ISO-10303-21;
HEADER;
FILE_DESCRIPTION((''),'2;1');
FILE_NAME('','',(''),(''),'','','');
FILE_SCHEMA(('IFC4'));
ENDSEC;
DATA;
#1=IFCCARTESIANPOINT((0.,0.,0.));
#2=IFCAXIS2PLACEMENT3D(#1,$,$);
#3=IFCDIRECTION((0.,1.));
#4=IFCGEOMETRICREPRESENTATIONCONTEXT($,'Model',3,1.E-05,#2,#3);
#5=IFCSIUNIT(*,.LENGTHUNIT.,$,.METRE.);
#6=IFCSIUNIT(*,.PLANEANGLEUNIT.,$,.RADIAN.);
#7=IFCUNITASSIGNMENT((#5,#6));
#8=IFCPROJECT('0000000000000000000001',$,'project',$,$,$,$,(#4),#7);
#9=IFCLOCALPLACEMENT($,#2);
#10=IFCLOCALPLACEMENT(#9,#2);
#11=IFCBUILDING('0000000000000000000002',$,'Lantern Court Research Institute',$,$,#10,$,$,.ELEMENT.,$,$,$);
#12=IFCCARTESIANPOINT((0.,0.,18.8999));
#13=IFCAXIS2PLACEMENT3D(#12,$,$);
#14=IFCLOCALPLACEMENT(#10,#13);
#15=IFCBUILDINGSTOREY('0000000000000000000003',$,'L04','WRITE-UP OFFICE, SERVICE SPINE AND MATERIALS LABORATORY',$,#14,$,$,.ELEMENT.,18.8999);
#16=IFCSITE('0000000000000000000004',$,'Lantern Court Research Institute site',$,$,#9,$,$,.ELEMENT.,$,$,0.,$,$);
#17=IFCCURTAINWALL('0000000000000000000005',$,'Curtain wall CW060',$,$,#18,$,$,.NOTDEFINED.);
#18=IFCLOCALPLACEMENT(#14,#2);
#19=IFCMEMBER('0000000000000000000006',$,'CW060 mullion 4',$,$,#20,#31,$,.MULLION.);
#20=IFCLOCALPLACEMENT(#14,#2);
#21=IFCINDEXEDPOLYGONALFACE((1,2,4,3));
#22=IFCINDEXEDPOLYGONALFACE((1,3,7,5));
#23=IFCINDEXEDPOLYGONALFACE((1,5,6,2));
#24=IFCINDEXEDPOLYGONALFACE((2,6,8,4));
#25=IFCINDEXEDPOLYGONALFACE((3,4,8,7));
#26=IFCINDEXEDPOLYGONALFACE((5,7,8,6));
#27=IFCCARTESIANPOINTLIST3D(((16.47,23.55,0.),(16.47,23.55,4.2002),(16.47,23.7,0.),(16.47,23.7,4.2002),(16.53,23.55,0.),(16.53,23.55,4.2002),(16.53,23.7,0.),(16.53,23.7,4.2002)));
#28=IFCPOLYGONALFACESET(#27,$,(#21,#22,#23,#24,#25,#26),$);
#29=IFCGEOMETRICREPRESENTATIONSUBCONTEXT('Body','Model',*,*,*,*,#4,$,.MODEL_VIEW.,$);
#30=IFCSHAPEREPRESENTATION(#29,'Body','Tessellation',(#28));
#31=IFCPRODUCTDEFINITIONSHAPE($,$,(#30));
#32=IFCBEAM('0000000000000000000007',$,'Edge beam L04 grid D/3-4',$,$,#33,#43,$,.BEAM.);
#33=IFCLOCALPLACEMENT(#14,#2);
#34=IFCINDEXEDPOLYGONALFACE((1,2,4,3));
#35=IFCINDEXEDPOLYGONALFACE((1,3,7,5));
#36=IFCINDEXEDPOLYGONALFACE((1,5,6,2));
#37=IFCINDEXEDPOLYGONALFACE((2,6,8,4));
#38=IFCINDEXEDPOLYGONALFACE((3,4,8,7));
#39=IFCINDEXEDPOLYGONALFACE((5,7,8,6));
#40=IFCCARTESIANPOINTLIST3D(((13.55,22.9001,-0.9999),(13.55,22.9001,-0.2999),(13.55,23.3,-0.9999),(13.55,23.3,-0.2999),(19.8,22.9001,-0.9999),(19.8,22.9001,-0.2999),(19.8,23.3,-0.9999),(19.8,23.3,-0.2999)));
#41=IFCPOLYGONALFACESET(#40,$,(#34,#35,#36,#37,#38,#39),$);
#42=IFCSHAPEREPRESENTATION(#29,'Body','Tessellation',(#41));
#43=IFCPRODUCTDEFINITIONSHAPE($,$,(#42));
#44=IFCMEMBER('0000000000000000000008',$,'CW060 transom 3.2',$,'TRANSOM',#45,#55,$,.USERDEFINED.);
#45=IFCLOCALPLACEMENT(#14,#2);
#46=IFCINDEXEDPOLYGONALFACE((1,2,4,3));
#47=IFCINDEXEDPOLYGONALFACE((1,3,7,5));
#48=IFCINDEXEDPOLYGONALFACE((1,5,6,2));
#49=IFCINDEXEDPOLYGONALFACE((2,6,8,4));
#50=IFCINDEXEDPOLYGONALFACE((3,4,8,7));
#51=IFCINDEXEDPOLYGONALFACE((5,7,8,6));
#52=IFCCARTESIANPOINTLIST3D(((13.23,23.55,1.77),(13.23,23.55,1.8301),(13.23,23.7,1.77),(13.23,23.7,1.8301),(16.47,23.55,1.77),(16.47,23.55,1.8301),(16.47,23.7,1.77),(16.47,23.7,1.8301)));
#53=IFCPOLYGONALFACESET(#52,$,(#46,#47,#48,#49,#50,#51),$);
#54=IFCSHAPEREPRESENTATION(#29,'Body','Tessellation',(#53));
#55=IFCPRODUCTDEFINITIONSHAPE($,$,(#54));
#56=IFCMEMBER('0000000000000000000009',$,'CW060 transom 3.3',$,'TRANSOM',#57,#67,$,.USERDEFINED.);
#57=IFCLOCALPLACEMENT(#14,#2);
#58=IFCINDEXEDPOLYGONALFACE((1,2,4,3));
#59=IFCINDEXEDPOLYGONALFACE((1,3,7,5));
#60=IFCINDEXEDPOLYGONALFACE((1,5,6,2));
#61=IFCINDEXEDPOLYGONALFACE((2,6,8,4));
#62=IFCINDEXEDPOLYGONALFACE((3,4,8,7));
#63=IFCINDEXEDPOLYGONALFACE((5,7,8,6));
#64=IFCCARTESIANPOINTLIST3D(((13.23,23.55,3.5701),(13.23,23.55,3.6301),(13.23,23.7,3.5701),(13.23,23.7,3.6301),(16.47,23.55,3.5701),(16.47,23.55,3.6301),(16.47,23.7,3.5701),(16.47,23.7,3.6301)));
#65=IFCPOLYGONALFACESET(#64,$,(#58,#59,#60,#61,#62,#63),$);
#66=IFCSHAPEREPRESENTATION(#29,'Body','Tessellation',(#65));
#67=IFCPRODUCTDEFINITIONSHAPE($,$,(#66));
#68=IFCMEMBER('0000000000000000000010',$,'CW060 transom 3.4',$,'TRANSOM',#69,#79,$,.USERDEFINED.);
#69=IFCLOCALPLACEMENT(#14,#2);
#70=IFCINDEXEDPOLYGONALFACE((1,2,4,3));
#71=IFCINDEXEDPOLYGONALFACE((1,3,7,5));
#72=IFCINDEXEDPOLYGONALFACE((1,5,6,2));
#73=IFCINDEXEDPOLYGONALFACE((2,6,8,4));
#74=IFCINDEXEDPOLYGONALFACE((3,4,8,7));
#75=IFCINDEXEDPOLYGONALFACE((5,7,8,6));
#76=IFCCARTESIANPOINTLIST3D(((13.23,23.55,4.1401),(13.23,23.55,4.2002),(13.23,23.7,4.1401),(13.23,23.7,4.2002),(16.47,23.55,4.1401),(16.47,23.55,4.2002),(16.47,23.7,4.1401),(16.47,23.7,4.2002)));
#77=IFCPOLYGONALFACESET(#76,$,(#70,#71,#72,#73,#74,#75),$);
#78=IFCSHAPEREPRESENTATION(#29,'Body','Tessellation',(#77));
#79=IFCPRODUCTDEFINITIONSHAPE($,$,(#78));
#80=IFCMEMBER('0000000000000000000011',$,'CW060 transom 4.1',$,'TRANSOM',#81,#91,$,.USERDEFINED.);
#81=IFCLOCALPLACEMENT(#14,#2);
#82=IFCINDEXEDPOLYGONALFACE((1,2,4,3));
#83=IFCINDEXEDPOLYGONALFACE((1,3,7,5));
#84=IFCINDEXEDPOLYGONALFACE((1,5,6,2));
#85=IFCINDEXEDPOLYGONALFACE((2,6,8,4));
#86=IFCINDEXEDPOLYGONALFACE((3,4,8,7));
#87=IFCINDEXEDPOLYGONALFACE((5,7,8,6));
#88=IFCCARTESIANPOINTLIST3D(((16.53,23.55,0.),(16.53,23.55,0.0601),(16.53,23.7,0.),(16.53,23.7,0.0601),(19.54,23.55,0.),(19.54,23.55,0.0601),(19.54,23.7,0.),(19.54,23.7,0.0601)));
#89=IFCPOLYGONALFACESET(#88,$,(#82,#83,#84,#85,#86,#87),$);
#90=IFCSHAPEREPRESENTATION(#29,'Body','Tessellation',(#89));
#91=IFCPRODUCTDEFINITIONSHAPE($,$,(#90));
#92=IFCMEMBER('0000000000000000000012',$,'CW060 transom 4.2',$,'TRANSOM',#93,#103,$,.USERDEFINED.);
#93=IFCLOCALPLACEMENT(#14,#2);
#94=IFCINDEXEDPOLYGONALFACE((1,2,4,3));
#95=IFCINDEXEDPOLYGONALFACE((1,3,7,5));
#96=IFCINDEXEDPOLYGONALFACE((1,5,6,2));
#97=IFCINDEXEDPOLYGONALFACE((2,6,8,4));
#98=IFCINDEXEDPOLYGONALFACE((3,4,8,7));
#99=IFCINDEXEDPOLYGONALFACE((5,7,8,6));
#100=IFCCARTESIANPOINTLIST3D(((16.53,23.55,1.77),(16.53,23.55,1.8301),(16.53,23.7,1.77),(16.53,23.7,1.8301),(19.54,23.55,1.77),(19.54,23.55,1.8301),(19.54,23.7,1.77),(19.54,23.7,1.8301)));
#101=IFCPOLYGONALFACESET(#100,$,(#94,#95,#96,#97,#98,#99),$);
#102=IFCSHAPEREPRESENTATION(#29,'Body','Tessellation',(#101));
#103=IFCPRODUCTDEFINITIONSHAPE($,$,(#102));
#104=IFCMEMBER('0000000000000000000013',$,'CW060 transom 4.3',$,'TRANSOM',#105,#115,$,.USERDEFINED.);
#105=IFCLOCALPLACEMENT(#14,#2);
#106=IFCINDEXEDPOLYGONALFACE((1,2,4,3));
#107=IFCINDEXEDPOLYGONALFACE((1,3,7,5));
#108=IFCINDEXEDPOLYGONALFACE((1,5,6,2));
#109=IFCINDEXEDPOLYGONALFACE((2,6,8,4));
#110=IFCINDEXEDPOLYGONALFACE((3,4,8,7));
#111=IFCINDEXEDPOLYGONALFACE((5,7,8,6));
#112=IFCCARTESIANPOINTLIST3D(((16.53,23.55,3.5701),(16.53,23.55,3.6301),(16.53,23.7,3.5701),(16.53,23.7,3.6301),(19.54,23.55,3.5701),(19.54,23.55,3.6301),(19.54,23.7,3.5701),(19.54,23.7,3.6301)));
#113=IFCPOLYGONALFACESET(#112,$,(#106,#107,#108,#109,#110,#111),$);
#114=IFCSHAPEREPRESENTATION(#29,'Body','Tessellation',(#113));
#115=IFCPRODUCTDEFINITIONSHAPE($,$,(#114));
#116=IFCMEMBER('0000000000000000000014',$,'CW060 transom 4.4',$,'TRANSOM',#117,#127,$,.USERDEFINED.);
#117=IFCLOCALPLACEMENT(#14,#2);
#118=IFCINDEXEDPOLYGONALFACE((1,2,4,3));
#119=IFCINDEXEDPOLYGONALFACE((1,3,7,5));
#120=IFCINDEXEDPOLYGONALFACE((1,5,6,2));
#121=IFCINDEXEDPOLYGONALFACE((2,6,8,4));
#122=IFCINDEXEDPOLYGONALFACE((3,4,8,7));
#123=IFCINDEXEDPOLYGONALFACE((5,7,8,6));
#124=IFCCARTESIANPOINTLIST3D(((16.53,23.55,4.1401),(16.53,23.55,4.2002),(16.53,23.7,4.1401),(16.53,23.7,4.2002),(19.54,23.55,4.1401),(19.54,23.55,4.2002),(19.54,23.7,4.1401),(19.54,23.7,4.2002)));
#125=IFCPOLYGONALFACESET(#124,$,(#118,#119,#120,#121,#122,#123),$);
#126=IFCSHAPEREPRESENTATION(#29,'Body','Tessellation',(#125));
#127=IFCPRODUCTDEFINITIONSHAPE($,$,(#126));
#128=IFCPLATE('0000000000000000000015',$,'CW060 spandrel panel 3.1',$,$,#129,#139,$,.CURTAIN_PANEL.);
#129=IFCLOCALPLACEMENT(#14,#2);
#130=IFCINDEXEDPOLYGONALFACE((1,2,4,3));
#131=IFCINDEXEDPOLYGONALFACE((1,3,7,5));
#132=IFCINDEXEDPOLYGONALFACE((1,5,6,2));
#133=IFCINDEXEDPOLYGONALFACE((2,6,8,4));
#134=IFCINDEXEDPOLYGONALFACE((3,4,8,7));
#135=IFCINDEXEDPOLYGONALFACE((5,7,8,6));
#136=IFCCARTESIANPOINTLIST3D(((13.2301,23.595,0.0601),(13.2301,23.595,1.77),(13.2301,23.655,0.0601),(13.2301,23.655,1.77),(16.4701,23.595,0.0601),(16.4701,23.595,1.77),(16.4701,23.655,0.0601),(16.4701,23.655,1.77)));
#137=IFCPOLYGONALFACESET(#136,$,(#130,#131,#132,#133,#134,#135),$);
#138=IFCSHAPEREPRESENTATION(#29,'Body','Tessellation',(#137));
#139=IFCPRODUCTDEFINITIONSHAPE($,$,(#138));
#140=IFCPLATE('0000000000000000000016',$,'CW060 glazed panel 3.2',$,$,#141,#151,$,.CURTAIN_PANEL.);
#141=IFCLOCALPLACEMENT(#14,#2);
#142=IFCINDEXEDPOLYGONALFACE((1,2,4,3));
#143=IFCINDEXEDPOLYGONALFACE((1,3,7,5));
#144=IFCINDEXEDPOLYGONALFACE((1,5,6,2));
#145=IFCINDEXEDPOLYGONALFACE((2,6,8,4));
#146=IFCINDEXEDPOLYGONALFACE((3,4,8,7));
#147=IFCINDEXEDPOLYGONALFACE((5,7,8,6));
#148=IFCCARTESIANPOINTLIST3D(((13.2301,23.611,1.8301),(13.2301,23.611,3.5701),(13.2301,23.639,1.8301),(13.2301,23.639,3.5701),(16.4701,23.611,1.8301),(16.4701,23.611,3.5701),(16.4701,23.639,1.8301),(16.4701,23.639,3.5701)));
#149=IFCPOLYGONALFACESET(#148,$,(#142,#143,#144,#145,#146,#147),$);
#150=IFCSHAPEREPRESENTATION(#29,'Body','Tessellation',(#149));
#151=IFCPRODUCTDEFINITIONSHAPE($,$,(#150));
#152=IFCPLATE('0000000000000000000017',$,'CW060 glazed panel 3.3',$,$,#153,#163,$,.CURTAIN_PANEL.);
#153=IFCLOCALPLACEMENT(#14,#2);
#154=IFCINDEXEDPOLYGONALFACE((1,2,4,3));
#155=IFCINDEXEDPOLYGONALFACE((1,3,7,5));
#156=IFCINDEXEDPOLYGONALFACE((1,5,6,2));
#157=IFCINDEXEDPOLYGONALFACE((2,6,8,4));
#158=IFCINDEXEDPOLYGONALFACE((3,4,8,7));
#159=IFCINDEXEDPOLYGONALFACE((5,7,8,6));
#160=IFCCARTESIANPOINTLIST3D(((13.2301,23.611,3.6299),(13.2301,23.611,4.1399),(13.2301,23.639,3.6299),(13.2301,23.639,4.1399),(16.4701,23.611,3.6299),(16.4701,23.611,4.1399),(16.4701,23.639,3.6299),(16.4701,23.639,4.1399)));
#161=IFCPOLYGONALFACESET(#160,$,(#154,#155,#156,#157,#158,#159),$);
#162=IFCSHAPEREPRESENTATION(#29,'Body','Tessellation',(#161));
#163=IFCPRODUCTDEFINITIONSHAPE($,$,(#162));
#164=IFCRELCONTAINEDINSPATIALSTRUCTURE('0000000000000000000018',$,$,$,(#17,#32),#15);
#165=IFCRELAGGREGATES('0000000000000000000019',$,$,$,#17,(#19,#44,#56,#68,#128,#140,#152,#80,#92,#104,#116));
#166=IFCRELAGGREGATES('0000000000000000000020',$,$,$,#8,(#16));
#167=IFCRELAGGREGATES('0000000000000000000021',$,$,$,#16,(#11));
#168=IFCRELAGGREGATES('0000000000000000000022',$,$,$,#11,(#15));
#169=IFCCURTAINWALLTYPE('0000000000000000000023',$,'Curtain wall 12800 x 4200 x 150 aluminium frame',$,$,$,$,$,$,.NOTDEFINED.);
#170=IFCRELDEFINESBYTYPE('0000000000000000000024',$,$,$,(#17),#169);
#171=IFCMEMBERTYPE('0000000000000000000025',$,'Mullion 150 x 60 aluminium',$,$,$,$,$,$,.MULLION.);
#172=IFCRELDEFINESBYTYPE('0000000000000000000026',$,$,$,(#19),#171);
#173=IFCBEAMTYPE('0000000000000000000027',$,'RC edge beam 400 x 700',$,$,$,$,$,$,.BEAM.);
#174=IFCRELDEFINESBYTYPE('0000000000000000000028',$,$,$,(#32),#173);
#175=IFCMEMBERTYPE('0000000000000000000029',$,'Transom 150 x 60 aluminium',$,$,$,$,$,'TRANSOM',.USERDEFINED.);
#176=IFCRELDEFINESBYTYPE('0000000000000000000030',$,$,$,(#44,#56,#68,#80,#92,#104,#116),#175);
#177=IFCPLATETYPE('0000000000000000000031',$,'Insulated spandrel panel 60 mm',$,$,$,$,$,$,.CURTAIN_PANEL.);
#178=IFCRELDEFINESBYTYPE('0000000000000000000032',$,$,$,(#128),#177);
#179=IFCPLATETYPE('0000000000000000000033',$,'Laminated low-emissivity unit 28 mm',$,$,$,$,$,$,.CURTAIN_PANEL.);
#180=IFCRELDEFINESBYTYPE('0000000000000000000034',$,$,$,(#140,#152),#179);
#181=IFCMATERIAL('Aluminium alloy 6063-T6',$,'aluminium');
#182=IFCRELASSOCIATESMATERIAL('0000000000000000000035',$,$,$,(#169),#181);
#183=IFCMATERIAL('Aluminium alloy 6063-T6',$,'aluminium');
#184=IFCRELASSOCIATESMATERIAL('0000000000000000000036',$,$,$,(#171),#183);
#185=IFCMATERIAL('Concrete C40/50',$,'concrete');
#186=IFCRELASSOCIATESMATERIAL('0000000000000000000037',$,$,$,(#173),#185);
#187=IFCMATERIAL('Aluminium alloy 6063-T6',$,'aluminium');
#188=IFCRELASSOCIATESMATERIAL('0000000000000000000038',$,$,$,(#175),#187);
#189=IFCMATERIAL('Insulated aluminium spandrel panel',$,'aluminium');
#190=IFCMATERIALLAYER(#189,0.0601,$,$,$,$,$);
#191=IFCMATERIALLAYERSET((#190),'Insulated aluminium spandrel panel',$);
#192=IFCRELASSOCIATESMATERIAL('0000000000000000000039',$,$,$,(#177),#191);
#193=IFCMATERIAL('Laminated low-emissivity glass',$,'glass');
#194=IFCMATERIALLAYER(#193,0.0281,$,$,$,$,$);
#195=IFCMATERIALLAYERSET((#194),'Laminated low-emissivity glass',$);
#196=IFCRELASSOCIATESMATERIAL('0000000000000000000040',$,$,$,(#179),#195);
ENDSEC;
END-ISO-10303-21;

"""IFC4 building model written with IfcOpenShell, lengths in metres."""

from ifc_helpers import new_model, si_unit, direction, frame, origin, origin_2d, place, context, subcontext, project, spatial, rectangle, extrude, material, layer, layer_set, material_profile, profile_set, type_object, element, aggregate, save


model = new_model("IFC4")

# Units and contexts
model_context = context("Model", 3, precision=1e-05, world=origin(), true_north=direction((0.0, 1.0)))
body_context = subcontext(model_context, "Body", "Model", "MODEL_VIEW")
ifc_project = project(units=[si_unit("LENGTHUNIT", "METRE"), si_unit("PLANEANGLEUNIT", "RADIAN")], contexts=[model_context])

# Site, building, storey
site_placement = place(None, origin())
site = spatial("IfcSite", under=ifc_project, at=site_placement, Name="Lantern Court Research Institute site", CompositionType="ELEMENT", RefElevation=0.0)
building_placement = place(site_placement, origin())
building = spatial("IfcBuilding", under=site, at=building_placement, Name="Lantern Court Research Institute", CompositionType="ELEMENT")
storey_placement = place(building_placement, frame((0.0, 0.0, 18.8999)))
storey = spatial("IfcBuildingStorey", under=building, at=storey_placement, Name="L04", Description="WRITE-UP OFFICE, SERVICE SPINE AND MATERIALS LABORATORY", CompositionType="ELEMENT", Elevation=18.8999)

# Curtain wall, member
ifc_material_1 = material(Name="Aluminium alloy 6063-T6", Category="aluminium")
curtain_wall_type = type_object("IfcCurtainWallType", Name="Curtain wall 12800 x 4200 x 150 aluminium frame", PredefinedType="NOTDEFINED", material=ifc_material_1)
curtain_wall_placement = place(storey_placement, origin())
curtain_wall = element("IfcCurtainWall", 1, at=curtain_wall_placement, inside=storey, type_object=curtain_wall_type, Name="Curtain wall CW060", PredefinedType="NOTDEFINED")
ifc_material_2 = material(Name="Aluminium alloy 6063-T6", Category="aluminium")
ifc_material_profile_1 = material_profile(ifc_material_2, rectangle(XDim=0.1499, YDim=0.0601, at=origin_2d()), Name="Mullion 150 x 60")
ifc_profile_set_1 = profile_set([ifc_material_profile_1], Name="Aluminium alloy 6063-T6")
member_type_1 = type_object("IfcMemberType", Name="Mullion 150 x 60 aluminium", PredefinedType="MULLION", material=ifc_profile_set_1)
member_1_placement = place(storey_placement, frame((16.5, 23.625, 0.0), z_axis=(0.0, 0.0, 1.0), x_axis=(0.0, 1.0, 0.0)))
member_1 = element("IfcMember", 2, at=member_1_placement, type_object=member_type_1, Name="CW060 mullion 4", PredefinedType="MULLION", context=body_context, shape_type="SweptSolid", body=[
    extrude(rectangle(XDim=0.1499, YDim=0.0601, at=origin_2d()), origin(), (0.0, 0.0, 1.0), 4.2002),
])

# Beam
ifc_material_3 = material(Name="Concrete C40/50", Category="concrete")
ifc_material_profile_2 = material_profile(ifc_material_3, rectangle(XDim=0.3999, YDim=0.7, at=origin_2d()), Name="RC beam 400 x 700")
ifc_profile_set_2 = profile_set([ifc_material_profile_2], Name="Concrete C40/50")
beam_type = type_object("IfcBeamType", Name="RC edge beam 400 x 700", PredefinedType="BEAM", material=ifc_profile_set_2)
beam_placement = place(storey_placement, frame((13.55, 23.1001, -0.6499), z_axis=(1.0, 0.0, 0.0), x_axis=(0.0, 1.0, 0.0)))
element("IfcBeam", 3, at=beam_placement, inside=storey, type_object=beam_type, Name="Edge beam L04 grid D/3-4", PredefinedType="BEAM", context=body_context, shape_type="SweptSolid", body=[
    extrude(rectangle(XDim=0.3999, YDim=0.7, at=origin_2d()), origin(), (0.0, 0.0, 1.0), 6.25),
])

# Members
ifc_material_4 = material(Name="Aluminium alloy 6063-T6", Category="aluminium")
ifc_material_profile_3 = material_profile(ifc_material_4, rectangle(XDim=0.1499, YDim=0.0601, at=origin_2d()), Name="Transom 150 x 60")
ifc_profile_set_3 = profile_set([ifc_material_profile_3], Name="Aluminium alloy 6063-T6")
member_type_2 = type_object("IfcMemberType", Name="Transom 150 x 60 aluminium", ElementType="TRANSOM", PredefinedType="USERDEFINED", material=ifc_profile_set_3)
member_2_placement = place(storey_placement, frame((13.23, 23.625, 1.8), z_axis=(1.0, 0.0, 0.0), x_axis=(0.0, 1.0, 0.0)))
member_2 = element("IfcMember", 4, at=member_2_placement, type_object=member_type_2, Name="CW060 transom 3.2", ObjectType="TRANSOM", PredefinedType="USERDEFINED", context=body_context, shape_type="SweptSolid", body=[
    extrude(rectangle(XDim=0.1499, YDim=0.0601, at=origin_2d()), origin(), (0.0, 0.0, 1.0), 3.24),
])
member_3_placement = place(storey_placement, frame((13.23, 23.625, 3.6001), z_axis=(1.0, 0.0, 0.0), x_axis=(0.0, 1.0, 0.0)))
member_3 = element("IfcMember", 5, at=member_3_placement, type_object=member_type_2, Name="CW060 transom 3.3", ObjectType="TRANSOM", PredefinedType="USERDEFINED", context=body_context, shape_type="SweptSolid", body=[
    extrude(rectangle(XDim=0.1499, YDim=0.0601, at=origin_2d()), origin(), (0.0, 0.0, 1.0), 3.24),
])
member_4_placement = place(storey_placement, frame((13.23, 23.625, 4.1702), z_axis=(1.0, 0.0, 0.0), x_axis=(0.0, 1.0, 0.0)))
member_4 = element("IfcMember", 6, at=member_4_placement, type_object=member_type_2, Name="CW060 transom 3.4", ObjectType="TRANSOM", PredefinedType="USERDEFINED", context=body_context, shape_type="SweptSolid", body=[
    extrude(rectangle(XDim=0.1499, YDim=0.0601, at=origin_2d()), origin(), (0.0, 0.0, 1.0), 3.24),
])
member_5_placement = place(storey_placement, frame((16.53, 23.625, 0.03), z_axis=(1.0, 0.0, 0.0), x_axis=(0.0, 1.0, 0.0)))
member_5 = element("IfcMember", 7, at=member_5_placement, type_object=member_type_2, Name="CW060 transom 4.1", ObjectType="TRANSOM", PredefinedType="USERDEFINED", context=body_context, shape_type="SweptSolid", body=[
    extrude(rectangle(XDim=0.1499, YDim=0.0601, at=origin_2d()), origin(), (0.0, 0.0, 1.0), 3.01),
])
member_6_placement = place(storey_placement, frame((16.53, 23.625, 1.8), z_axis=(1.0, 0.0, 0.0), x_axis=(0.0, 1.0, 0.0)))
member_6 = element("IfcMember", 8, at=member_6_placement, type_object=member_type_2, Name="CW060 transom 4.2", ObjectType="TRANSOM", PredefinedType="USERDEFINED", context=body_context, shape_type="SweptSolid", body=[
    extrude(rectangle(XDim=0.1499, YDim=0.0601, at=origin_2d()), origin(), (0.0, 0.0, 1.0), 3.01),
])
member_7_placement = place(storey_placement, frame((16.53, 23.625, 3.6001), z_axis=(1.0, 0.0, 0.0), x_axis=(0.0, 1.0, 0.0)))
member_7 = element("IfcMember", 9, at=member_7_placement, type_object=member_type_2, Name="CW060 transom 4.3", ObjectType="TRANSOM", PredefinedType="USERDEFINED", context=body_context, shape_type="SweptSolid", body=[
    extrude(rectangle(XDim=0.1499, YDim=0.0601, at=origin_2d()), origin(), (0.0, 0.0, 1.0), 3.01),
])
member_8_placement = place(storey_placement, frame((16.53, 23.625, 4.1702), z_axis=(1.0, 0.0, 0.0), x_axis=(0.0, 1.0, 0.0)))
member_8 = element("IfcMember", 10, at=member_8_placement, type_object=member_type_2, Name="CW060 transom 4.4", ObjectType="TRANSOM", PredefinedType="USERDEFINED", context=body_context, shape_type="SweptSolid", body=[
    extrude(rectangle(XDim=0.1499, YDim=0.0601, at=origin_2d()), origin(), (0.0, 0.0, 1.0), 3.01),
])

# Plates
ifc_material_5 = material(Name="Insulated aluminium spandrel panel", Category="aluminium")
ifc_layer_1 = layer(ifc_material_5, 0.0601)
ifc_layer_set_1 = layer_set([ifc_layer_1], Name="Insulated aluminium spandrel panel")
plate_type_1 = type_object("IfcPlateType", Name="Insulated spandrel panel 60 mm", PredefinedType="CURTAIN_PANEL", material=ifc_layer_set_1)
plate_1_placement = place(storey_placement, frame((14.8501, 23.625, 0.0601), z_axis=(0.0, 0.0, 1.0), x_axis=(1.0, 0.0, 0.0)))
plate_1 = element("IfcPlate", 11, at=plate_1_placement, type_object=plate_type_1, Name="CW060 spandrel panel 3.1", PredefinedType="CURTAIN_PANEL", context=body_context, shape_type="SweptSolid", body=[
    extrude(rectangle(XDim=3.24, YDim=0.0601, at=origin_2d()), origin(), (0.0, 0.0, 1.0), 1.71),
])
ifc_material_6 = material(Name="Laminated low-emissivity glass", Category="glass")
ifc_layer_2 = layer(ifc_material_6, 0.0281)
ifc_layer_set_2 = layer_set([ifc_layer_2], Name="Laminated low-emissivity glass")
plate_type_2 = type_object("IfcPlateType", Name="Laminated low-emissivity unit 28 mm", PredefinedType="CURTAIN_PANEL", material=ifc_layer_set_2)
plate_2_placement = place(storey_placement, frame((14.8501, 23.625, 1.8301), z_axis=(0.0, 0.0, 1.0), x_axis=(1.0, 0.0, 0.0)))
plate_2 = element("IfcPlate", 12, at=plate_2_placement, type_object=plate_type_2, Name="CW060 glazed panel 3.2", PredefinedType="CURTAIN_PANEL", context=body_context, shape_type="SweptSolid", body=[
    extrude(rectangle(XDim=3.24, YDim=0.0281, at=origin_2d()), origin(), (0.0, 0.0, 1.0), 1.74),
])
plate_3_placement = place(storey_placement, frame((14.8501, 23.625, 3.6299), z_axis=(0.0, 0.0, 1.0), x_axis=(1.0, 0.0, 0.0)))
plate_3 = element("IfcPlate", 13, at=plate_3_placement, type_object=plate_type_2, Name="CW060 glazed panel 3.3", PredefinedType="CURTAIN_PANEL", context=body_context, shape_type="SweptSolid", body=[
    extrude(rectangle(XDim=3.24, YDim=0.0281, at=origin_2d()), origin(), (0.0, 0.0, 1.0), 0.51),
])
aggregate(curtain_wall, [member_1, member_2, member_3, member_4, plate_1, plate_2, plate_3, member_5, member_6, member_7, member_8])

save(model, "model.ifc")
